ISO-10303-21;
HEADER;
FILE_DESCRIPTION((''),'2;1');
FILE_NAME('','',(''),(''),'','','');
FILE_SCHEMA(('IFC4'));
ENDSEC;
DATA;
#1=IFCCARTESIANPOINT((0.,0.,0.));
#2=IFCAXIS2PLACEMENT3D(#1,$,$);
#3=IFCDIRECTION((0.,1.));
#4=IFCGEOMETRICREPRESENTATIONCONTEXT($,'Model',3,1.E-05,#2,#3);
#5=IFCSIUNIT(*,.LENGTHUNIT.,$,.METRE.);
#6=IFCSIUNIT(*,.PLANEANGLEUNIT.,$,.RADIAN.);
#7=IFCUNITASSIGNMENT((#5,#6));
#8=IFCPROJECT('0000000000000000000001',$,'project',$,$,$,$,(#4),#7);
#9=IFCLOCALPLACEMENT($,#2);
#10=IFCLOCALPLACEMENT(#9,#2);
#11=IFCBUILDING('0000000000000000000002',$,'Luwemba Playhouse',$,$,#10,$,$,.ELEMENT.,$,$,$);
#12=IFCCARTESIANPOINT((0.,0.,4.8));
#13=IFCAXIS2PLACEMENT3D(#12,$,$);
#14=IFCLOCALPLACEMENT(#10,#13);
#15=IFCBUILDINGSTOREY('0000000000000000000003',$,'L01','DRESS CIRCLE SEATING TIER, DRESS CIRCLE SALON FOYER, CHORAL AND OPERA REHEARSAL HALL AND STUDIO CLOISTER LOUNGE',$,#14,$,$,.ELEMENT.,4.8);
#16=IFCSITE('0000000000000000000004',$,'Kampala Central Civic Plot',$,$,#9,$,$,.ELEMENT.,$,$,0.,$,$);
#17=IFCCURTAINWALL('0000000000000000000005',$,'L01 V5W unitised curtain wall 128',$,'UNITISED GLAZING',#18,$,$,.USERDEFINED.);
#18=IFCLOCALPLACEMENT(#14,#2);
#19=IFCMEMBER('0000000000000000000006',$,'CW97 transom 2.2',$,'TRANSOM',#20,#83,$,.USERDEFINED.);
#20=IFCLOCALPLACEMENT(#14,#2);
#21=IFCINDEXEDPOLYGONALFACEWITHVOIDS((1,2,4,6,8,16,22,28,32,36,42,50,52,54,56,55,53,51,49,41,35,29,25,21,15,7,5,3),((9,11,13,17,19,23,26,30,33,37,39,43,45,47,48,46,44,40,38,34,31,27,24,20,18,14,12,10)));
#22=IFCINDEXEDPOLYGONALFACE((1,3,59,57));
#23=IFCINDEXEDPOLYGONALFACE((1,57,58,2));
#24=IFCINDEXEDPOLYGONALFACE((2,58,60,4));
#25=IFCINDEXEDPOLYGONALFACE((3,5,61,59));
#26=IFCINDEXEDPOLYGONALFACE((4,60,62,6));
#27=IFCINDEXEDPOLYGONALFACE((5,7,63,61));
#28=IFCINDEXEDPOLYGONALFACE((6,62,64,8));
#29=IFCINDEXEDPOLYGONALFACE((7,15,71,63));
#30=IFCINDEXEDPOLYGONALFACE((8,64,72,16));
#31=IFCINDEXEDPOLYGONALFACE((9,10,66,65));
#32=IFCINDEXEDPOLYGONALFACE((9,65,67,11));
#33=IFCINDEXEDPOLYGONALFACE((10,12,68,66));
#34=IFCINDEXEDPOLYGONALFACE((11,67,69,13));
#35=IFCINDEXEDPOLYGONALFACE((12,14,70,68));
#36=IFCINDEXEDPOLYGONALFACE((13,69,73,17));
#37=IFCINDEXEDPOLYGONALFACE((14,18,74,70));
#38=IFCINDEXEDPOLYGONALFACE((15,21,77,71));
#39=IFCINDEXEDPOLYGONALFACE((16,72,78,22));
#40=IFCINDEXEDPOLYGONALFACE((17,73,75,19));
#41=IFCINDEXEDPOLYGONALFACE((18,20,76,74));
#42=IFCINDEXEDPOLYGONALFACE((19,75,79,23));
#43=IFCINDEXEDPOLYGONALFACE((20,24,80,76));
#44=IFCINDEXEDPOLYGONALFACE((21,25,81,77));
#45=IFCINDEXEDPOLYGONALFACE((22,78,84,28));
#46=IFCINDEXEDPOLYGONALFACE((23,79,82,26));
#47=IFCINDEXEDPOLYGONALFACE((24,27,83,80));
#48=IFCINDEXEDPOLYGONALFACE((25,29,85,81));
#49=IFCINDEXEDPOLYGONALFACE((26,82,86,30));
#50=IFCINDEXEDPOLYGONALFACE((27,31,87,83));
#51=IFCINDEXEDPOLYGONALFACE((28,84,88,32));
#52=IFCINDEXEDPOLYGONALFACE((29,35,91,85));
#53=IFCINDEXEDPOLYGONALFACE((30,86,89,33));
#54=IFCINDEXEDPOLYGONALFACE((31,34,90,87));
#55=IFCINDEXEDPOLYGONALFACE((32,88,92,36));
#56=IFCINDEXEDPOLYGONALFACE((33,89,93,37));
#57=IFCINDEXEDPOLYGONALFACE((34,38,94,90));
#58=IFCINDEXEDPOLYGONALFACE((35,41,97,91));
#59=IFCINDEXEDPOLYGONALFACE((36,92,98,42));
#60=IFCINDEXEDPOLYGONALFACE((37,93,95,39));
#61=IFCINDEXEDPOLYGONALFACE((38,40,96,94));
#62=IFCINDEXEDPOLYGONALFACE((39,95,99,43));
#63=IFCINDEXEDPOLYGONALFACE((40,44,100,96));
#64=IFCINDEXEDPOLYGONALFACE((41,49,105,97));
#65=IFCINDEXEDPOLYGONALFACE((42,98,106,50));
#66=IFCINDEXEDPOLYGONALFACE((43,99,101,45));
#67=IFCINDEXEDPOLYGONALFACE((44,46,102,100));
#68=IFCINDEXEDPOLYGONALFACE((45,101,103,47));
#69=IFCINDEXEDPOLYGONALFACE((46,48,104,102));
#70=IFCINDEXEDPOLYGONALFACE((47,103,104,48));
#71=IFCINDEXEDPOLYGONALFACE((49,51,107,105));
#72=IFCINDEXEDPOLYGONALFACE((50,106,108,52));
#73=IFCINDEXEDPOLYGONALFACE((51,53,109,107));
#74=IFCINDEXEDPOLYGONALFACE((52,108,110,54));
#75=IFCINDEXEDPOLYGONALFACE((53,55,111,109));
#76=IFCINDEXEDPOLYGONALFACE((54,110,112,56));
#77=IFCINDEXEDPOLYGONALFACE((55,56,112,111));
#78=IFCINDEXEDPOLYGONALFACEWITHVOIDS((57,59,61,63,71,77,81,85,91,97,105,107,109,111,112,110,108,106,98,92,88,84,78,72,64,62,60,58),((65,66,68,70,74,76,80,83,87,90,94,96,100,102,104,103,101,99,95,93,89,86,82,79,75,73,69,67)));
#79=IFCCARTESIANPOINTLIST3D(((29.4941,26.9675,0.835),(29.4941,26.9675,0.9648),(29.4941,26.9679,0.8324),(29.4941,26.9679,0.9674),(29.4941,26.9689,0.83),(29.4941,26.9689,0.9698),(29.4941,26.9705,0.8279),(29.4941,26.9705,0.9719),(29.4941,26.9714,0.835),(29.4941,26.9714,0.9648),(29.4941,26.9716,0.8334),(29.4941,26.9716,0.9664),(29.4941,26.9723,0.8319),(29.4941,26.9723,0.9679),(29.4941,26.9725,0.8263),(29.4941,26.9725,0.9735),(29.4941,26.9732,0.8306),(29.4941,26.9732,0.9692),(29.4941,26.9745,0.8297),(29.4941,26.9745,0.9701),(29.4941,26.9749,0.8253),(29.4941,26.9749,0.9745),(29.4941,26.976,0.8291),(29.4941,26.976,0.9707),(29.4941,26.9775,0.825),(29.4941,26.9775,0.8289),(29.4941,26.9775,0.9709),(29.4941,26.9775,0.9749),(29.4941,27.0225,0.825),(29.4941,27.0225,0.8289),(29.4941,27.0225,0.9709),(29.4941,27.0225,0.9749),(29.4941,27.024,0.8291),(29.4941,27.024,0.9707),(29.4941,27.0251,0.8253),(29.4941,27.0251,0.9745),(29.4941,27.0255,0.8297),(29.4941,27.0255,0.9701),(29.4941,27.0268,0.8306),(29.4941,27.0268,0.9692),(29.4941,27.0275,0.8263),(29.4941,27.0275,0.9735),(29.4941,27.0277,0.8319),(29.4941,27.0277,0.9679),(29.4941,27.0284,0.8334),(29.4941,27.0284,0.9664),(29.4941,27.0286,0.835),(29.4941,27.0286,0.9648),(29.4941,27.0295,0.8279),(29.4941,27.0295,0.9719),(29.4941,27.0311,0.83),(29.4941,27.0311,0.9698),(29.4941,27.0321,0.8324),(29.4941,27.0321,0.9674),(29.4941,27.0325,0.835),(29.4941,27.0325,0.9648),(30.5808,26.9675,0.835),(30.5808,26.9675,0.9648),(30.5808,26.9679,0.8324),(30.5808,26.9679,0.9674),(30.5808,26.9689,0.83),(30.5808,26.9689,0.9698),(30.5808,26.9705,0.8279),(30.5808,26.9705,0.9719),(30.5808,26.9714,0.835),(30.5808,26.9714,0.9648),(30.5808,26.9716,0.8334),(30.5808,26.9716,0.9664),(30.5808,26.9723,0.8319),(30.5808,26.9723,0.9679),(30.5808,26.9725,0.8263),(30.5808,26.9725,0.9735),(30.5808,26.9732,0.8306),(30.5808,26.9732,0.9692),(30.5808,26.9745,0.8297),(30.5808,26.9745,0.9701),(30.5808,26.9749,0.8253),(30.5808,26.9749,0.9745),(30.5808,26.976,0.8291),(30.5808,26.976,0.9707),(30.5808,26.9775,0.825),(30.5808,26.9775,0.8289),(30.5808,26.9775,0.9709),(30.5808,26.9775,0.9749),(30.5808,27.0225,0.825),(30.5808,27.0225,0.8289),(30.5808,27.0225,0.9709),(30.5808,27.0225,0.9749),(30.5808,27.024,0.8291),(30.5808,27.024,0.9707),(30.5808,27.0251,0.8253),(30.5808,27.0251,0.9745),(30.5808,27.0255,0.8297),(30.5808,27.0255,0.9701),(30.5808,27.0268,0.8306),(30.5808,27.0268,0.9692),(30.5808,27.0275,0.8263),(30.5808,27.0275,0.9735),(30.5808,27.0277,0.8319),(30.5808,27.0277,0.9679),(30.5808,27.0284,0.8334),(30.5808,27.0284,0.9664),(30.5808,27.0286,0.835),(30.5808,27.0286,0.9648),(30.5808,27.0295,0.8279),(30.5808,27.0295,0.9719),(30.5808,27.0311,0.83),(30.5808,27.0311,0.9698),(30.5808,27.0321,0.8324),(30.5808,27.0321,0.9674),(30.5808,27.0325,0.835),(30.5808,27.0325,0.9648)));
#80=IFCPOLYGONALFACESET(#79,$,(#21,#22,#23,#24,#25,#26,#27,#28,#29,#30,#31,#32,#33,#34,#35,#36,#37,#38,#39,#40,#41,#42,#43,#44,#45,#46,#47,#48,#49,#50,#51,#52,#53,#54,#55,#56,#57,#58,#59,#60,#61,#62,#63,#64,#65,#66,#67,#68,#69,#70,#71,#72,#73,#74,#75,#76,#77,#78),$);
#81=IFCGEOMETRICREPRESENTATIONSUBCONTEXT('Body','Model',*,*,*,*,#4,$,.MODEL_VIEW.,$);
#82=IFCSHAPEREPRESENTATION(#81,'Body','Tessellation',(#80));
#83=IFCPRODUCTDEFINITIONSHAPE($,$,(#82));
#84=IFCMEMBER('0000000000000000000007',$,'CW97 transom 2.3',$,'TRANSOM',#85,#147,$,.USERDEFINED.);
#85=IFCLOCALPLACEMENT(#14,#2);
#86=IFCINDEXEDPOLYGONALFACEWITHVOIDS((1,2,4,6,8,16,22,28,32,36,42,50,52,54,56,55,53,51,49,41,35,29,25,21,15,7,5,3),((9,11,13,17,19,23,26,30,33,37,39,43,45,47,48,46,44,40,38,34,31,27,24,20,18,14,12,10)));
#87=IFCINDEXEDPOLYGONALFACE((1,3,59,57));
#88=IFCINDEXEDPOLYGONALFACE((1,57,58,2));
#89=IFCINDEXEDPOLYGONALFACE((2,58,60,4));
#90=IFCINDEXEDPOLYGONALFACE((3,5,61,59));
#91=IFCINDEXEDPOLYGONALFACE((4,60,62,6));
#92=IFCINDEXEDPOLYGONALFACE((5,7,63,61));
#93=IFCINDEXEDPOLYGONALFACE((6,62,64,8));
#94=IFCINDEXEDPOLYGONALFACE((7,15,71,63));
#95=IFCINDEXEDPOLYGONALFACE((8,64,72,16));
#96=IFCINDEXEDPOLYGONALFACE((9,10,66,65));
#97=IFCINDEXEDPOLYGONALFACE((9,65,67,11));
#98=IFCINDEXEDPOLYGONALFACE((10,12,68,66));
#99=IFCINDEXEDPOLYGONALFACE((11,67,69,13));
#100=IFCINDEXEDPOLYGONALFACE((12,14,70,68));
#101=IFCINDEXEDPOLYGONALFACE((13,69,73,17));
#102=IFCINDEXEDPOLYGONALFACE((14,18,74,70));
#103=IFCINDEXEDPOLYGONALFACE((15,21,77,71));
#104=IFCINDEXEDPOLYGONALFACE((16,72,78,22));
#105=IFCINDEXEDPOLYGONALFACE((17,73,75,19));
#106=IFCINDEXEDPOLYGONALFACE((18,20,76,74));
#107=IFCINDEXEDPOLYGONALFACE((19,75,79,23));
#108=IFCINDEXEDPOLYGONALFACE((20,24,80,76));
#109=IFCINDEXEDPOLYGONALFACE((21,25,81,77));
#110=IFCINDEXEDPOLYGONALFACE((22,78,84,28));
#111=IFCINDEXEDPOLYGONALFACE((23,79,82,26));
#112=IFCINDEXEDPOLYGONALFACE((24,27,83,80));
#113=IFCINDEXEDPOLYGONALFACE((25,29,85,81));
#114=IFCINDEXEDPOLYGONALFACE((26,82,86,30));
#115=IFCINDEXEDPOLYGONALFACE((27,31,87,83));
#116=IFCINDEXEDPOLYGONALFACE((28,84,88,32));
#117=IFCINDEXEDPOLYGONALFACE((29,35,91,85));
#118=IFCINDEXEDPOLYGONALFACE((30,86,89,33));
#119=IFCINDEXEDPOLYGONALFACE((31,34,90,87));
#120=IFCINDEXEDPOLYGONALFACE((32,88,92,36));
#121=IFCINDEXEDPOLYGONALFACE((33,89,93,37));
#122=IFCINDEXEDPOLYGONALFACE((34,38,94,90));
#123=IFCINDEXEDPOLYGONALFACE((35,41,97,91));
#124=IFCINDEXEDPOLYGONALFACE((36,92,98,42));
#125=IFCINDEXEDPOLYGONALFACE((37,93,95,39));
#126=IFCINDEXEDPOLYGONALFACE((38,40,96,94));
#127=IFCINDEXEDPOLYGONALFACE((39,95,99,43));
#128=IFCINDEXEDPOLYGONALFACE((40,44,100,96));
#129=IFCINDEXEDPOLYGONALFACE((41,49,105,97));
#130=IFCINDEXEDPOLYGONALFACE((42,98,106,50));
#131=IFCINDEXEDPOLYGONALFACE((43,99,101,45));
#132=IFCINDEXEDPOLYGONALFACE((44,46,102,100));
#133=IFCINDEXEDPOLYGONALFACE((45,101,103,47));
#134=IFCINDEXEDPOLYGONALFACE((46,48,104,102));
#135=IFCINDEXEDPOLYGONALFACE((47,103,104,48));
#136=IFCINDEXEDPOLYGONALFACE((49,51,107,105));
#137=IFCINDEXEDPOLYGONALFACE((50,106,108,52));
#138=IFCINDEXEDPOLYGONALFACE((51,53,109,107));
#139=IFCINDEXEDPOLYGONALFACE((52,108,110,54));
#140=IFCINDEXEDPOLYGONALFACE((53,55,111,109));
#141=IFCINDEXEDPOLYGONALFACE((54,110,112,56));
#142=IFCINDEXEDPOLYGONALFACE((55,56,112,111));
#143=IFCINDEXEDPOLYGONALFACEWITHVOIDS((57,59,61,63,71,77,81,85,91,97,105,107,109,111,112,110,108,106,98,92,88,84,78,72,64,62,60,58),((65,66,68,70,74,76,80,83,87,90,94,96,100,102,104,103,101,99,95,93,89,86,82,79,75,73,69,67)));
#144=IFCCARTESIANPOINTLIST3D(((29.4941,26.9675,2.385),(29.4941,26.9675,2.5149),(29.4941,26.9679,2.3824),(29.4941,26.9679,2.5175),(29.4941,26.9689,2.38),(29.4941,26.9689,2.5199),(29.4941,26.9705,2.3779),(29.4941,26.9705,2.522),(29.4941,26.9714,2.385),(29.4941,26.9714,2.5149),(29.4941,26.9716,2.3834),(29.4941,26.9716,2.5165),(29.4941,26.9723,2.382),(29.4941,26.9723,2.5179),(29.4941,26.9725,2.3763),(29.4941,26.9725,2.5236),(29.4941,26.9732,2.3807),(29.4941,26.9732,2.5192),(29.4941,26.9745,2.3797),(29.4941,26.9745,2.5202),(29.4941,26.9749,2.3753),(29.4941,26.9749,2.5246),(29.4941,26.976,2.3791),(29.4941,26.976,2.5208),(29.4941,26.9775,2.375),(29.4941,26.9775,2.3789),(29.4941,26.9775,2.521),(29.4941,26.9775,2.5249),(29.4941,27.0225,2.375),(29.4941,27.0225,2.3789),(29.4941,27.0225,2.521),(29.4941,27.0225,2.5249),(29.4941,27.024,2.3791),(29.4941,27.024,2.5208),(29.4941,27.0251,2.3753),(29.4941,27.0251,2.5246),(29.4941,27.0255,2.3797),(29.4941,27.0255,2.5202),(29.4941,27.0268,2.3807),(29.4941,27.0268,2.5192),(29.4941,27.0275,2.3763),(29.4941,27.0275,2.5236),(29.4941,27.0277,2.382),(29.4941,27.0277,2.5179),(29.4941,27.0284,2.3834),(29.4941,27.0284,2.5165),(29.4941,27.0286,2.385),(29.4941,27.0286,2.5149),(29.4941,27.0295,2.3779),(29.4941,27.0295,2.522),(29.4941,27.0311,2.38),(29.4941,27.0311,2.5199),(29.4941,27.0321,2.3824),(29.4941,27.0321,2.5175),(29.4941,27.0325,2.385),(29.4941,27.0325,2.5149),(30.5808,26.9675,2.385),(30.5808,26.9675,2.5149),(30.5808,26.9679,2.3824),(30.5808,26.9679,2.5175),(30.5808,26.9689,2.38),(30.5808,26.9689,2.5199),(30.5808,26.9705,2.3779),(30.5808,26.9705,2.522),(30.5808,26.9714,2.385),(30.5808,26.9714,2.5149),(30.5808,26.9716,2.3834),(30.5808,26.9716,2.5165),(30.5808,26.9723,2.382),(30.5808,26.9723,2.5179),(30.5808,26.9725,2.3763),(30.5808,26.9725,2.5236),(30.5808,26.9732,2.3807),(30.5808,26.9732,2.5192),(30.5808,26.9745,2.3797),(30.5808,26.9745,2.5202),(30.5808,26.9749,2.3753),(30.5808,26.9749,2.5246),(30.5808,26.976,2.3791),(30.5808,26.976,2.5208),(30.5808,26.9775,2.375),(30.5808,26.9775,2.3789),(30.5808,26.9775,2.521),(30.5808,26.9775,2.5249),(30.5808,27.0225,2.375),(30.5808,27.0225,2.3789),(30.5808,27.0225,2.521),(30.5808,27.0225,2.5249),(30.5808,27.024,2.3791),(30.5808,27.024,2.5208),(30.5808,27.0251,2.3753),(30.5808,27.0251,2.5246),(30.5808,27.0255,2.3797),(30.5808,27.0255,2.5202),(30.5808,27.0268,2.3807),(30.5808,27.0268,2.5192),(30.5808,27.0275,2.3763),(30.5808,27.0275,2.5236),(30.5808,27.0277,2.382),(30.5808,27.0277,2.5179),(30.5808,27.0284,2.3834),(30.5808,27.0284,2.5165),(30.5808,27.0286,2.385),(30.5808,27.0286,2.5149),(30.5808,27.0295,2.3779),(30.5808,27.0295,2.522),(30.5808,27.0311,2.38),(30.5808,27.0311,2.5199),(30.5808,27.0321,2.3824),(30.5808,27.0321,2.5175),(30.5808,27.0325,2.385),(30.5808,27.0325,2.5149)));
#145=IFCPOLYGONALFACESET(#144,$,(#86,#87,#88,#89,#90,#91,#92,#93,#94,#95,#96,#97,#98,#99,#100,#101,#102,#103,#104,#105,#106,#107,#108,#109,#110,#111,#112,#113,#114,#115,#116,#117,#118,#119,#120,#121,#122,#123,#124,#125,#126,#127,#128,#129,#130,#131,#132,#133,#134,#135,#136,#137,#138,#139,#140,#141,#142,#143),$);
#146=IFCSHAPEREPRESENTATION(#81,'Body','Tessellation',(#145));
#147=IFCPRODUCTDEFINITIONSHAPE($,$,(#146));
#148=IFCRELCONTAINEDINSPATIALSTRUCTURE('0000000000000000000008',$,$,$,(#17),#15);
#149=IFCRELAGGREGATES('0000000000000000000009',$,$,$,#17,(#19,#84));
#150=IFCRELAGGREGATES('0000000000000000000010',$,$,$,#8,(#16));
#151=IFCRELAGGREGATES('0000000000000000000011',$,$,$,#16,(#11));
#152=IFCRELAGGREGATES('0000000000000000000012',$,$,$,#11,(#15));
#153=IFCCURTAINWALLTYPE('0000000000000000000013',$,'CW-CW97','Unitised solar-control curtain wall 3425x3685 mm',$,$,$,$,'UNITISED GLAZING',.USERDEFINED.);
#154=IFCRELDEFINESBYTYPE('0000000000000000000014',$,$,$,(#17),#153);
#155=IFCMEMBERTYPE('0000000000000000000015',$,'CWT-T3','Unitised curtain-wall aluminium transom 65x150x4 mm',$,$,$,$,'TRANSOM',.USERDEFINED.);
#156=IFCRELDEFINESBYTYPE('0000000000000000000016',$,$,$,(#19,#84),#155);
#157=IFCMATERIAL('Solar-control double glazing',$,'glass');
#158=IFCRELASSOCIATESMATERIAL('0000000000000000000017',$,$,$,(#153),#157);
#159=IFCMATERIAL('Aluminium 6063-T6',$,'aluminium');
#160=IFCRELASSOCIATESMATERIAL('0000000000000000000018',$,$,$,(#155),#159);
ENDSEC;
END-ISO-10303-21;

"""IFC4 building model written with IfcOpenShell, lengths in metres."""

from ifc_helpers import new_model, si_unit, direction, frame, origin, origin_2d, place, context, subcontext, project, spatial, hollow_rectangle, extrude, material, material_profile, profile_set, type_object, element, aggregate, save


model = new_model("IFC4")

# Units and contexts
model_context = context("Model", 3, precision=1e-05, world=origin(), true_north=direction((0.0, 1.0)))
body_context = subcontext(model_context, "Body", "Model", "MODEL_VIEW")
ifc_project = project(units=[si_unit("LENGTHUNIT", "METRE"), si_unit("PLANEANGLEUNIT", "RADIAN")], contexts=[model_context])

# Site, building, storey
site_placement = place(None, origin())
site = spatial("IfcSite", under=ifc_project, at=site_placement, Name="Kampala Central Civic Plot", CompositionType="ELEMENT", RefElevation=0.0)
building_placement = place(site_placement, origin())
building = spatial("IfcBuilding", under=site, at=building_placement, Name="Luwemba Playhouse", CompositionType="ELEMENT")
storey_placement = place(building_placement, frame((0.0, 0.0, 4.8)))
storey = spatial("IfcBuildingStorey", under=building, at=storey_placement, Name="L01", Description="DRESS CIRCLE SEATING TIER, DRESS CIRCLE SALON FOYER, CHORAL AND OPERA REHEARSAL HALL AND STUDIO CLOISTER LOUNGE", CompositionType="ELEMENT", Elevation=4.8)

# Curtain wall
ifc_material_1 = material(Name="Solar-control double glazing", Category="glass")
curtain_wall_type_1 = type_object("IfcCurtainWallType", Name="CW-CW97", Description="Unitised solar-control curtain wall 3425x3685 mm", ElementType="UNITISED GLAZING", PredefinedType="USERDEFINED", material=ifc_material_1)
curtain_wall_1_placement = place(storey_placement, origin())
curtain_wall_1 = element("IfcCurtainWall", 1, at=curtain_wall_1_placement, inside=storey, type_object=curtain_wall_type_1, Name="L01 V5W unitised curtain wall 128", ObjectType="UNITISED GLAZING", PredefinedType="USERDEFINED")
ifc_material_2 = material(Name="Aluminium 6063-T6", Category="aluminium")

# Members
ifc_material_profile_1 = material_profile(ifc_material_2, hollow_rectangle(XDim=0.0649, YDim=0.1499, WallThickness=0.0039, InnerFilletRadius=0.0061, OuterFilletRadius=0.01, at=origin_2d()))
ifc_profile_set_1 = profile_set([ifc_material_profile_1], Name="Aluminium 6063-T6")
member_type_1 = type_object("IfcMemberType", Name="CWT-T3", Description="Unitised curtain-wall aluminium transom 65x150x4 mm", ElementType="TRANSOM", PredefinedType="USERDEFINED", material=ifc_profile_set_1)
member_1_placement = place(storey_placement, frame((29.4941, 27.0, 0.8999), z_axis=(1.0, 0.0, 0.0), x_axis=(0.0, 1.0, 0.0)))
member_1 = element("IfcMember", 2, at=member_1_placement, type_object=member_type_1, Name="CW97 transom 2.2", ObjectType="TRANSOM", PredefinedType="USERDEFINED", context=body_context, shape_type="SweptSolid", body=[
    extrude(hollow_rectangle(XDim=0.0649, YDim=0.1499, WallThickness=0.0039, InnerFilletRadius=0.0061, OuterFilletRadius=0.01, at=origin_2d()), origin(), (0.0, 0.0, 1.0), 1.0867),
])
member_2_placement = place(storey_placement, frame((29.4941, 27.0, 2.45), z_axis=(1.0, 0.0, 0.0), x_axis=(0.0, 1.0, 0.0)))
member_2 = element("IfcMember", 3, at=member_2_placement, type_object=member_type_1, Name="CW97 transom 2.3", ObjectType="TRANSOM", PredefinedType="USERDEFINED", context=body_context, shape_type="SweptSolid", body=[
    extrude(hollow_rectangle(XDim=0.0649, YDim=0.1499, WallThickness=0.0039, InnerFilletRadius=0.0061, OuterFilletRadius=0.01, at=origin_2d()), origin(), (0.0, 0.0, 1.0), 1.0867),
])

aggregate(curtain_wall_1, [member_1, member_2])

save(model, "model.ifc")
